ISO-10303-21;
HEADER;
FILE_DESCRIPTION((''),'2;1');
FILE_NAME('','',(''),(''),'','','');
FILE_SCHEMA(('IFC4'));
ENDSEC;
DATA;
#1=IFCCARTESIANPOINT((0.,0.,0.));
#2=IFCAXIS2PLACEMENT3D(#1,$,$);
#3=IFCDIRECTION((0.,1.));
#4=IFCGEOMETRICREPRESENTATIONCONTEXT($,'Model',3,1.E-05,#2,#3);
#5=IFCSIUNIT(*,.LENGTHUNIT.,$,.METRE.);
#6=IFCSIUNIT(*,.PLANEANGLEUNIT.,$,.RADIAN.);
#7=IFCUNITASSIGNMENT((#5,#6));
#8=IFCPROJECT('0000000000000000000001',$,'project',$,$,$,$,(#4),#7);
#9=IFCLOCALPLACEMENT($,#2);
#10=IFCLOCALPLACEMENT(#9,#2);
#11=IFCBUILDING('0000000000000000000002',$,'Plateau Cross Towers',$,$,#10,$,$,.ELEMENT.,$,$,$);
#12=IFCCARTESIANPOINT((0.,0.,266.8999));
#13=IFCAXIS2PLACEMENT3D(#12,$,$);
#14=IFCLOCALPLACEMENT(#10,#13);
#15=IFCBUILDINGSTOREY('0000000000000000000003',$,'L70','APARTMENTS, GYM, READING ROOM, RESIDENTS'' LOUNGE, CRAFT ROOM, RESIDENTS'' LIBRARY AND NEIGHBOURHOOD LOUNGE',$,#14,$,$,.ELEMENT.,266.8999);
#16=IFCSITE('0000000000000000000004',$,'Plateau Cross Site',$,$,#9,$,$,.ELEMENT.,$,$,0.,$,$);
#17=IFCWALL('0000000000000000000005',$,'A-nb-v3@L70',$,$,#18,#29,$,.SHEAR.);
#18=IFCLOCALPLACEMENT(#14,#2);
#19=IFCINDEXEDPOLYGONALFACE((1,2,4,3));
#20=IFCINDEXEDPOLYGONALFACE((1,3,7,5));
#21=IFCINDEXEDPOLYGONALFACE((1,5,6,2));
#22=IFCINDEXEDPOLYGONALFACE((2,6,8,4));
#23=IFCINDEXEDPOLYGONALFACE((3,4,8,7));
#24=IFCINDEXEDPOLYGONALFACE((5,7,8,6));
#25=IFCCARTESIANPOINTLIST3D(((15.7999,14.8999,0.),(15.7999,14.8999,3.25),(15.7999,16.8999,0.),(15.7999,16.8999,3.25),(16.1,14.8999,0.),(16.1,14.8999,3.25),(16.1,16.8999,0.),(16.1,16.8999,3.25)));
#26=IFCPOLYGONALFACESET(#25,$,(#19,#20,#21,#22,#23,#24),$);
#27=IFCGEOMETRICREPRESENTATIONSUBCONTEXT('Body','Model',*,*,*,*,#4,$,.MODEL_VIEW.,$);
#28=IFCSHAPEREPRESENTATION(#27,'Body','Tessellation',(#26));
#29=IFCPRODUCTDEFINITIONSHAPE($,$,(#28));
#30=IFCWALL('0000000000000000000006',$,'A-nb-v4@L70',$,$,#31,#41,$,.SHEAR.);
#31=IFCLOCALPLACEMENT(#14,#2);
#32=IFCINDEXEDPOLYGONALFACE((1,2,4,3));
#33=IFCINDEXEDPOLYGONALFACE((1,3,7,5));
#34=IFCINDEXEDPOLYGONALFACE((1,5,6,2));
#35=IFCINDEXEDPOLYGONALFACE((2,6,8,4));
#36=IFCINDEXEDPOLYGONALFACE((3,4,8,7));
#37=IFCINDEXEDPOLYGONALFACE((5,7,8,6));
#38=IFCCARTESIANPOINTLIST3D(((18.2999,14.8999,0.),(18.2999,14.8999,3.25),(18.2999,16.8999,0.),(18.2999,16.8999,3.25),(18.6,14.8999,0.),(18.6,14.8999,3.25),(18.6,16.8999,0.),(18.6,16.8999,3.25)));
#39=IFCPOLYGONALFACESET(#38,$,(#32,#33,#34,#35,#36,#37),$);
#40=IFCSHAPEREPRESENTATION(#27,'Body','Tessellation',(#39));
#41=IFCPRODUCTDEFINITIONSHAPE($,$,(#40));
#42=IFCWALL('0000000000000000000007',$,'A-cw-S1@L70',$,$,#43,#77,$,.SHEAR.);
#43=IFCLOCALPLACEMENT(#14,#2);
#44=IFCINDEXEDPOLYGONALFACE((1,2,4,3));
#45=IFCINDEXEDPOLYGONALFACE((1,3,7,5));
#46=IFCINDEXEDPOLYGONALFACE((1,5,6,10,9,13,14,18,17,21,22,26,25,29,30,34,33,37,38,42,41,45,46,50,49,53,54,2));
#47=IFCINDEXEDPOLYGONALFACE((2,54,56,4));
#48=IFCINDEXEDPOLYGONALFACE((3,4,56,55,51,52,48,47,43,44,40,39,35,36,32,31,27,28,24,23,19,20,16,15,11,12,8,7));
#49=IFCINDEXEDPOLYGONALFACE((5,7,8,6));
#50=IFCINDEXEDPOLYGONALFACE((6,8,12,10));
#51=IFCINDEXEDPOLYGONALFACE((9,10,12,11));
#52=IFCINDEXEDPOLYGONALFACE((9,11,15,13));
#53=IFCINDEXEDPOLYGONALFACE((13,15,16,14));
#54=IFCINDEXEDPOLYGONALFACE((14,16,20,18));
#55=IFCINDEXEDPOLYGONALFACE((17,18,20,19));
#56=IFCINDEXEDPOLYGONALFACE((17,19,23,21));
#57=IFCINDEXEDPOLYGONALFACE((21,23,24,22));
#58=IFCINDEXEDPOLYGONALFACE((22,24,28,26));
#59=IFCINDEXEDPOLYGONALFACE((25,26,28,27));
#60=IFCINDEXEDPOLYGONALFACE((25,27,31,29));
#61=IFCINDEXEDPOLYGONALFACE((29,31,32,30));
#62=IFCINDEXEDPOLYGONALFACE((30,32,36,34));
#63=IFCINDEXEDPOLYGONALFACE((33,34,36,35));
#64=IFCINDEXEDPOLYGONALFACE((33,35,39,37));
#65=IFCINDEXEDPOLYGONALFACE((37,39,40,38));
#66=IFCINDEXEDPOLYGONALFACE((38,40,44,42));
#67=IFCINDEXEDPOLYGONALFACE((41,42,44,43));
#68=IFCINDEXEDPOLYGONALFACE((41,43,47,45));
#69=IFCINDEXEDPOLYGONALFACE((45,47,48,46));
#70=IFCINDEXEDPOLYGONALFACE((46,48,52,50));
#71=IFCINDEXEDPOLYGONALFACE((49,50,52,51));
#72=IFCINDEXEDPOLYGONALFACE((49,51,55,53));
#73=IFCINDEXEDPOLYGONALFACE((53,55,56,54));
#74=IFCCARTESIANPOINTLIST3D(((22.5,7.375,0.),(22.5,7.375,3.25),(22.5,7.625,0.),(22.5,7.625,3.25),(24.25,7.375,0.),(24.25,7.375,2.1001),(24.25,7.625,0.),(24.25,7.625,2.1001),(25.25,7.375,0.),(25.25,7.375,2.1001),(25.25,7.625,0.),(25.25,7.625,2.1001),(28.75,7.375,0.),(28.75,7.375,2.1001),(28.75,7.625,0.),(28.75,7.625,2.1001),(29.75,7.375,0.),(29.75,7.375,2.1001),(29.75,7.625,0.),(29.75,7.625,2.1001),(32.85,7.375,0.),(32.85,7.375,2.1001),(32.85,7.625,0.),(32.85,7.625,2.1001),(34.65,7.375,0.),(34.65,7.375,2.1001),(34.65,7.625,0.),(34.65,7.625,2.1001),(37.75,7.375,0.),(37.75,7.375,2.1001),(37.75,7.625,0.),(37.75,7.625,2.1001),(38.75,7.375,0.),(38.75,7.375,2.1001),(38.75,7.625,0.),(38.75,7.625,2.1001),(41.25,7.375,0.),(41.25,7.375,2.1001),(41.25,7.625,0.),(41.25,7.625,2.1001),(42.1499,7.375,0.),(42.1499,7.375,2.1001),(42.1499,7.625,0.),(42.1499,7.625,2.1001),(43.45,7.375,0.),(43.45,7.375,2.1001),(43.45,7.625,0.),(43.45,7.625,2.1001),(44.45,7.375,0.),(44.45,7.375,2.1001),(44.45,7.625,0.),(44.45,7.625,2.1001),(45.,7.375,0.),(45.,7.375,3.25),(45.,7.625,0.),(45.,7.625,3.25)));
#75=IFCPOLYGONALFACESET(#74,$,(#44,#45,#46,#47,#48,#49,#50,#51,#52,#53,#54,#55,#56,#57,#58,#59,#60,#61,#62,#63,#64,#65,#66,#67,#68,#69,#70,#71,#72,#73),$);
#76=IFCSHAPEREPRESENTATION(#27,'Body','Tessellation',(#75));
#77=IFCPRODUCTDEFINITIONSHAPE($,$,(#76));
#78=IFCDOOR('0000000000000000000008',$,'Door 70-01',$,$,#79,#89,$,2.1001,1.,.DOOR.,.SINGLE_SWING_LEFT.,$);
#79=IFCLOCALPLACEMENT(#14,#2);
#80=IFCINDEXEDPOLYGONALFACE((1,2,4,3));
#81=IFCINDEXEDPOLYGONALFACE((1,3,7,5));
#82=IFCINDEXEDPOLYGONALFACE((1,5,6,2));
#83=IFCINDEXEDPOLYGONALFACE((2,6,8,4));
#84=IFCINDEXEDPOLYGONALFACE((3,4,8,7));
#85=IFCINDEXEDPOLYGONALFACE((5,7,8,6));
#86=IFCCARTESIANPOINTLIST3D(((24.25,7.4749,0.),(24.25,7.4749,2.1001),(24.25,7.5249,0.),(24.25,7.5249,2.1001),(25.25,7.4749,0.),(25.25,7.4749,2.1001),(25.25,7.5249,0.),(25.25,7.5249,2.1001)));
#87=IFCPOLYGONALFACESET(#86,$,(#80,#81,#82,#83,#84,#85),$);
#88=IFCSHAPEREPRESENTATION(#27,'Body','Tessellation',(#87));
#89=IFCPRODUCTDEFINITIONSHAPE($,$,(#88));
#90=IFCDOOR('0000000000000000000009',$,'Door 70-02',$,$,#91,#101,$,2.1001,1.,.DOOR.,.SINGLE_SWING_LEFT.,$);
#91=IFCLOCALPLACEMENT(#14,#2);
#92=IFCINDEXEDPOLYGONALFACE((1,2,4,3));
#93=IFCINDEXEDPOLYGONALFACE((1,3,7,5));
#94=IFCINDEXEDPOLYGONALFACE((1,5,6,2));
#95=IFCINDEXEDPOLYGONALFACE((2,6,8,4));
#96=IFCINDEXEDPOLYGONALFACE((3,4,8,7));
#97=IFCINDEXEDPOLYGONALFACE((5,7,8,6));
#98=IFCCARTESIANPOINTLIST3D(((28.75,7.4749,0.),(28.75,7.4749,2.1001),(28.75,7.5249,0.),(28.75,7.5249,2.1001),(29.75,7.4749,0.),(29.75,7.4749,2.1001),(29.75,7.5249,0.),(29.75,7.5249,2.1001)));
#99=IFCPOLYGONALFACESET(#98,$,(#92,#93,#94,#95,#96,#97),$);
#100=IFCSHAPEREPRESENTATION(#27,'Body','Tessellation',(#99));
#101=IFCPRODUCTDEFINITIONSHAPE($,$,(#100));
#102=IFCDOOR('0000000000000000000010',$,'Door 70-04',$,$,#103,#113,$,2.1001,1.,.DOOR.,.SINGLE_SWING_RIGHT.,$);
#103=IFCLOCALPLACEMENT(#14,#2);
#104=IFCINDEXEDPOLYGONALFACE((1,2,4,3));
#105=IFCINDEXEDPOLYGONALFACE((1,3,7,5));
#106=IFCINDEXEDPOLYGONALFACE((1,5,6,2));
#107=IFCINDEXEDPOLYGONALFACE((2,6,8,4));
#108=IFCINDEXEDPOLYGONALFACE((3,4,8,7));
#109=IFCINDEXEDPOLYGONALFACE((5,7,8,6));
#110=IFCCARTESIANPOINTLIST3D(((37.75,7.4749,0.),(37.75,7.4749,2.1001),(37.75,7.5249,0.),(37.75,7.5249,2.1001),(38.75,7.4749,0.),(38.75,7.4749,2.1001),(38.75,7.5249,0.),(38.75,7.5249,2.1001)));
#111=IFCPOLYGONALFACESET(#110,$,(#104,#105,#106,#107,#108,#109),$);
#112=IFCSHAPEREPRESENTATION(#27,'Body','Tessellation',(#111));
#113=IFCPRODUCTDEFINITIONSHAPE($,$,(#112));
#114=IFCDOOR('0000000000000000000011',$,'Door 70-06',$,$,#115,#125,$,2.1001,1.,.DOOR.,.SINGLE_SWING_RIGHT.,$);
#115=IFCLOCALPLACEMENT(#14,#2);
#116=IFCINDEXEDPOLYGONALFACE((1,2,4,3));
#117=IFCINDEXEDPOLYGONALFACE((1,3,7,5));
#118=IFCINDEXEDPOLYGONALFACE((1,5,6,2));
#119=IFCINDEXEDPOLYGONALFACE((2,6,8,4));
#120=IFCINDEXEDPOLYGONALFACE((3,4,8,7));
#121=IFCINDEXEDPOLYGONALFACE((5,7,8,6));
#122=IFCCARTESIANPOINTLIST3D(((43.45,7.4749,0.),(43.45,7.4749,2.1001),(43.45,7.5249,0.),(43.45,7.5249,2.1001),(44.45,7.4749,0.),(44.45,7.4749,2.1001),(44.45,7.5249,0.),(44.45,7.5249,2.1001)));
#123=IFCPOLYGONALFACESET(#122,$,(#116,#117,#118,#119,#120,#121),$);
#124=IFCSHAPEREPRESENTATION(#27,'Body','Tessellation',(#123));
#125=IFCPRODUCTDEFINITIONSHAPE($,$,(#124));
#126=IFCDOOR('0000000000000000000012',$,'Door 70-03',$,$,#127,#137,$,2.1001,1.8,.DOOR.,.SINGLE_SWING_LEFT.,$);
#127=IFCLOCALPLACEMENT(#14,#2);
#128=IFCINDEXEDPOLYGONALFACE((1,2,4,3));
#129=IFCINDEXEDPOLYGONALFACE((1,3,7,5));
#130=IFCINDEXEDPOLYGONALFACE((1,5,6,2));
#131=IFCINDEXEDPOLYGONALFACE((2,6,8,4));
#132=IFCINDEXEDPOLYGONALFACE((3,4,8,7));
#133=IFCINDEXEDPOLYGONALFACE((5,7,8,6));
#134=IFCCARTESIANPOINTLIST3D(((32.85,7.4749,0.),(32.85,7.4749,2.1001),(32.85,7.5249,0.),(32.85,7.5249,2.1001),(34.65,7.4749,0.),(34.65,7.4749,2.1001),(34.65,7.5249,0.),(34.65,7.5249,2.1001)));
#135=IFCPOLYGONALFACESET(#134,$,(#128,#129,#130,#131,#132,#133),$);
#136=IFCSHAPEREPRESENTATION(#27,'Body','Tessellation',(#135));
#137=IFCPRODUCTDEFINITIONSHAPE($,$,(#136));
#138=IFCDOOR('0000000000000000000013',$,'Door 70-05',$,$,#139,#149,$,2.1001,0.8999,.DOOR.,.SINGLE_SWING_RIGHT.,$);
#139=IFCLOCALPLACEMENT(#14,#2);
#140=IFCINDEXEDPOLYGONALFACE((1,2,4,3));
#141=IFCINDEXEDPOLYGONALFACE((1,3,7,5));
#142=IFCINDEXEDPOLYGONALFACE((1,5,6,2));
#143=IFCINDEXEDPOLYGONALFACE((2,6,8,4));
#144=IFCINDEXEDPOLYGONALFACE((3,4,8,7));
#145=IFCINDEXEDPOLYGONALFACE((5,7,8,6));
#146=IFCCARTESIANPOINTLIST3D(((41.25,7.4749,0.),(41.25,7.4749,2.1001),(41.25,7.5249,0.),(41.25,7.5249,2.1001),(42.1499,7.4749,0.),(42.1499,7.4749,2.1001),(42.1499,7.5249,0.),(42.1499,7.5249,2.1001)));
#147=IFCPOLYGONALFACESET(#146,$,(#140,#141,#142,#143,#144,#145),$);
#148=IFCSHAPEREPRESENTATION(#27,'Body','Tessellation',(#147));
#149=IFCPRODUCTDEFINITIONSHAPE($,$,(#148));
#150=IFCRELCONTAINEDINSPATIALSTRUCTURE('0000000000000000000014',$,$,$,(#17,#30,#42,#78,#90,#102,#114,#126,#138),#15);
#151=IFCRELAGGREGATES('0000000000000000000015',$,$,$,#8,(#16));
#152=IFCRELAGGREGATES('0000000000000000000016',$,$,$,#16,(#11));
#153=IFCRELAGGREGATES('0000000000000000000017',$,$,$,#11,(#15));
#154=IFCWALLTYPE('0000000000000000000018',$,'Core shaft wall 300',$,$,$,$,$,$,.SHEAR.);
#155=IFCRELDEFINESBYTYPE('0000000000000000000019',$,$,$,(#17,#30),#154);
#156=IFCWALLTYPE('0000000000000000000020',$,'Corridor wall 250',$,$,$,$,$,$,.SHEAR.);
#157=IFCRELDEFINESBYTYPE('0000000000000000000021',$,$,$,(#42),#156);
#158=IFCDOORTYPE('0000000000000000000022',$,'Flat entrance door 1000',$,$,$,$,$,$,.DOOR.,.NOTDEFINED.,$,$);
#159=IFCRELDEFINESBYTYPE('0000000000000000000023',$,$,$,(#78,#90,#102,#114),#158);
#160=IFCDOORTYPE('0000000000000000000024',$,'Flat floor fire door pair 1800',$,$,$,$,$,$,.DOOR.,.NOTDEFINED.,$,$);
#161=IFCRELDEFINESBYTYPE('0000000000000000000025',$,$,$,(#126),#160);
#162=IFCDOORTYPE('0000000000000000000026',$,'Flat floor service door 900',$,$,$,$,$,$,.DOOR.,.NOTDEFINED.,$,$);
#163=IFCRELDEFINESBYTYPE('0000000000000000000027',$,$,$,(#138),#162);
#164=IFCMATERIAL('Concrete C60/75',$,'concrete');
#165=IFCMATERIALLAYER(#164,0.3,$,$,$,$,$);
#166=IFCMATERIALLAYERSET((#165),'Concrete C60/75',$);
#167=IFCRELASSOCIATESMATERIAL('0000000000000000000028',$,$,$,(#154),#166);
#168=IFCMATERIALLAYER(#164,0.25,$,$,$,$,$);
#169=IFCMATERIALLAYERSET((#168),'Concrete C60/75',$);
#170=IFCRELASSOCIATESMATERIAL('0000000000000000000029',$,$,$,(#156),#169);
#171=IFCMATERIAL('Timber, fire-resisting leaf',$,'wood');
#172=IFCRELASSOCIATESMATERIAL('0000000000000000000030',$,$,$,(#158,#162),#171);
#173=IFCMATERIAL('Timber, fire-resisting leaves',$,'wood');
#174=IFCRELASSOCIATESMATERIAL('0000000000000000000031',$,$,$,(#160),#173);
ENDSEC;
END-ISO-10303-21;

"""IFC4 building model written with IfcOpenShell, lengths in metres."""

from ifc_helpers import new_model, si_unit, direction, frame, frame_2d, origin, place, context, subcontext, project, spatial, rectangle, extrude, material, layer, layer_set, type_object, element, fill, save


model = new_model("IFC4")

# Units and contexts
model_context = context("Model", 3, precision=1e-05, world=origin(), true_north=direction((0.0, 1.0)))
body_context = subcontext(model_context, "Body", "Model", "MODEL_VIEW")
ifc_project = project(units=[si_unit("LENGTHUNIT", "METRE"), si_unit("PLANEANGLEUNIT", "RADIAN")], contexts=[model_context])

# Site, building, storey
site_placement = place(None, origin())
site = spatial("IfcSite", under=ifc_project, at=site_placement, Name="Plateau Cross Site", CompositionType="ELEMENT", RefElevation=0.0)
building_placement = place(site_placement, origin())
building = spatial("IfcBuilding", under=site, at=building_placement, Name="Plateau Cross Towers", CompositionType="ELEMENT")
storey_placement = place(building_placement, frame((0.0, 0.0, 266.8999)))
storey = spatial("IfcBuildingStorey", under=building, at=storey_placement, Name="L70", Description="APARTMENTS, GYM, READING ROOM, RESIDENTS' LOUNGE, CRAFT ROOM, RESIDENTS' LIBRARY AND NEIGHBOURHOOD LOUNGE", CompositionType="ELEMENT", Elevation=266.8999)

# Shared definitions
ifc_material_1 = material(Name="Concrete C60/75", Category="concrete")

# Walls
ifc_layer_1 = layer(ifc_material_1, 0.3)
ifc_layer_set_1 = layer_set([ifc_layer_1], Name="Concrete C60/75")
wall_type_1 = type_object("IfcWallType", Name="Core shaft wall 300", PredefinedType="SHEAR", material=ifc_layer_set_1)
for number, where, z_axis, x_axis, name in (
    (1, (15.95, 14.8999, 0.0), (0.0, 0.0, 1.0), (0.0, 1.0, 0.0), "A-nb-v3@L70"),
    (2, (18.45, 14.8999, 0.0), (0.0, 0.0, 1.0), (0.0, 1.0, 0.0), "A-nb-v4@L70"),
):
    element("IfcWall", number, at=place(storey_placement, frame(where, z_axis=z_axis, x_axis=x_axis)), inside=storey, type_object=wall_type_1, Name=name, PredefinedType="SHEAR", context=body_context, shape_type="SweptSolid", body=[
        extrude(rectangle(XDim=2.0, YDim=0.3, at=frame_2d((1.0, 0.0))), origin(), (0.0, 0.0, 1.0), 3.25),
    ])

# Wall, openings, doors
ifc_layer_2 = layer(ifc_material_1, 0.25)
ifc_layer_set_2 = layer_set([ifc_layer_2], Name="Concrete C60/75")
wall_type_2 = type_object("IfcWallType", Name="Corridor wall 250", PredefinedType="SHEAR", material=ifc_layer_set_2)
wall_1_placement = place(storey_placement, frame((22.5, 7.5, 0.0), z_axis=(0.0, 0.0, 1.0), x_axis=(1.0, 0.0, 0.0)))
wall_1 = element("IfcWall", 3, at=wall_1_placement, inside=storey, type_object=wall_type_2, Name="A-cw-S1@L70", PredefinedType="SHEAR", context=body_context, shape_type="SweptSolid", body=[
    extrude(rectangle(XDim=22.5, YDim=0.25, at=frame_2d((11.25, 0.0))), origin(), (0.0, 0.0, 1.0), 3.25),
])
opening_1_placement = place(wall_1_placement, frame((1.75, 0.0, 0.0)))
opening_1 = element("IfcOpeningElement", 4, at=opening_1_placement, cuts=wall_1, PredefinedType="OPENING", context=body_context, shape_type="SweptSolid", body=[
    extrude(rectangle(XDim=1.0, YDim=2.1001, at=frame_2d((0.5, 1.05))), frame((0.0, 0.135, 0.0), z_axis=(0.0, -1.0, 0.0), x_axis=(1.0, 0.0, 0.0)), (0.0, 0.0, 1.0), 0.27),
])
opening_2_placement = place(wall_1_placement, frame((6.25, 0.0, 0.0)))
opening_2 = element("IfcOpeningElement", 5, at=opening_2_placement, cuts=wall_1, PredefinedType="OPENING", context=body_context, shape_type="SweptSolid", body=[
    extrude(rectangle(XDim=1.0, YDim=2.1001, at=frame_2d((0.5, 1.05))), frame((0.0, 0.135, 0.0), z_axis=(0.0, -1.0, 0.0), x_axis=(1.0, 0.0, 0.0)), (0.0, 0.0, 1.0), 0.27),
])
opening_3_placement = place(wall_1_placement, frame((10.3501, 0.0, 0.0)))
opening_3 = element("IfcOpeningElement", 6, at=opening_3_placement, cuts=wall_1, PredefinedType="OPENING", context=body_context, shape_type="SweptSolid", body=[
    extrude(rectangle(XDim=1.8, YDim=2.1001, at=frame_2d((0.8999, 1.05))), frame((0.0, 0.135, 0.0), z_axis=(0.0, -1.0, 0.0), x_axis=(1.0, 0.0, 0.0)), (0.0, 0.0, 1.0), 0.27),
])
opening_4_placement = place(wall_1_placement, frame((15.25, 0.0, 0.0)))
opening_4 = element("IfcOpeningElement", 7, at=opening_4_placement, cuts=wall_1, PredefinedType="OPENING", context=body_context, shape_type="SweptSolid", body=[
    extrude(rectangle(XDim=1.0, YDim=2.1001, at=frame_2d((0.5, 1.05))), frame((0.0, 0.135, 0.0), z_axis=(0.0, -1.0, 0.0), x_axis=(1.0, 0.0, 0.0)), (0.0, 0.0, 1.0), 0.27),
])
opening_5_placement = place(wall_1_placement, frame((18.75, 0.0, 0.0)))
opening_5 = element("IfcOpeningElement", 8, at=opening_5_placement, cuts=wall_1, PredefinedType="OPENING", context=body_context, shape_type="SweptSolid", body=[
    extrude(rectangle(XDim=0.8999, YDim=2.1001, at=frame_2d((0.45, 1.05))), frame((0.0, 0.135, 0.0), z_axis=(0.0, -1.0, 0.0), x_axis=(1.0, 0.0, 0.0)), (0.0, 0.0, 1.0), 0.27),
])
opening_6_placement = place(wall_1_placement, frame((20.95, 0.0, 0.0)))
opening_6 = element("IfcOpeningElement", 9, at=opening_6_placement, cuts=wall_1, PredefinedType="OPENING", context=body_context, shape_type="SweptSolid", body=[
    extrude(rectangle(XDim=1.0, YDim=2.1001, at=frame_2d((0.5, 1.05))), frame((0.0, 0.135, 0.0), z_axis=(0.0, -1.0, 0.0), x_axis=(1.0, 0.0, 0.0)), (0.0, 0.0, 1.0), 0.27),
])
ifc_material_2 = material(Name="Timber, fire-resisting leaf", Category="wood")
door_type_1 = type_object("IfcDoorType", Name="Flat entrance door 1000", OperationType="NOTDEFINED", PredefinedType="DOOR", material=ifc_material_2)
door_1_placement = place(opening_1_placement, origin())
door_1 = element("IfcDoor", 10, at=door_1_placement, inside=storey, type_object=door_type_1, Name="Door 70-01", OperationType="SINGLE_SWING_LEFT", OverallHeight=2.1001, OverallWidth=1.0, PredefinedType="DOOR", context=body_context, shape_type="SweptSolid", body=[
    extrude(rectangle(XDim=1.0, YDim=2.1001, at=frame_2d((0.5, 1.05))), frame((0.0, 0.0249, 0.0), z_axis=(0.0, -1.0, 0.0), x_axis=(1.0, 0.0, 0.0)), (0.0, 0.0, 1.0), 0.05),
])
fill(opening_1, door_1)
door_2_placement = place(opening_2_placement, origin())
door_2 = element("IfcDoor", 11, at=door_2_placement, inside=storey, type_object=door_type_1, Name="Door 70-02", OperationType="SINGLE_SWING_LEFT", OverallHeight=2.1001, OverallWidth=1.0, PredefinedType="DOOR", context=body_context, shape_type="SweptSolid", body=[
    extrude(rectangle(XDim=1.0, YDim=2.1001, at=frame_2d((0.5, 1.05))), frame((0.0, 0.0249, 0.0), z_axis=(0.0, -1.0, 0.0), x_axis=(1.0, 0.0, 0.0)), (0.0, 0.0, 1.0), 0.05),
])
fill(opening_2, door_2)
door_3_placement = place(opening_4_placement, origin())
door_3 = element("IfcDoor", 12, at=door_3_placement, inside=storey, type_object=door_type_1, Name="Door 70-04", OperationType="SINGLE_SWING_RIGHT", OverallHeight=2.1001, OverallWidth=1.0, PredefinedType="DOOR", context=body_context, shape_type="SweptSolid", body=[
    extrude(rectangle(XDim=1.0, YDim=2.1001, at=frame_2d((0.5, 1.05))), frame((0.0, 0.0249, 0.0), z_axis=(0.0, -1.0, 0.0), x_axis=(1.0, 0.0, 0.0)), (0.0, 0.0, 1.0), 0.05),
])
fill(opening_4, door_3)
door_4_placement = place(opening_6_placement, origin())
door_4 = element("IfcDoor", 13, at=door_4_placement, inside=storey, type_object=door_type_1, Name="Door 70-06", OperationType="SINGLE_SWING_RIGHT", OverallHeight=2.1001, OverallWidth=1.0, PredefinedType="DOOR", context=body_context, shape_type="SweptSolid", body=[
    extrude(rectangle(XDim=1.0, YDim=2.1001, at=frame_2d((0.5, 1.05))), frame((0.0, 0.0249, 0.0), z_axis=(0.0, -1.0, 0.0), x_axis=(1.0, 0.0, 0.0)), (0.0, 0.0, 1.0), 0.05),
])
fill(opening_6, door_4)
ifc_material_3 = material(Name="Timber, fire-resisting leaves", Category="wood")
door_type_2 = type_object("IfcDoorType", Name="Flat floor fire door pair 1800", OperationType="NOTDEFINED", PredefinedType="DOOR", material=ifc_material_3)
door_5_placement = place(opening_3_placement, origin())
door_5 = element("IfcDoor", 14, at=door_5_placement, inside=storey, type_object=door_type_2, Name="Door 70-03", OperationType="SINGLE_SWING_LEFT", OverallHeight=2.1001, OverallWidth=1.8, PredefinedType="DOOR", context=body_context, shape_type="SweptSolid", body=[
    extrude(rectangle(XDim=1.8, YDim=2.1001, at=frame_2d((0.8999, 1.05))), frame((0.0, 0.0249, 0.0), z_axis=(0.0, -1.0, 0.0), x_axis=(1.0, 0.0, 0.0)), (0.0, 0.0, 1.0), 0.05),
])
fill(opening_3, door_5)
door_type_3 = type_object("IfcDoorType", Name="Flat floor service door 900", OperationType="NOTDEFINED", PredefinedType="DOOR", material=ifc_material_2)
door_6_placement = place(opening_5_placement, origin())
door_6 = element("IfcDoor", 15, at=door_6_placement, inside=storey, type_object=door_type_3, Name="Door 70-05", OperationType="SINGLE_SWING_RIGHT", OverallHeight=2.1001, OverallWidth=0.8999, PredefinedType="DOOR", context=body_context, shape_type="SweptSolid", body=[
    extrude(rectangle(XDim=0.8999, YDim=2.1001, at=frame_2d((0.45, 1.05))), frame((0.0, 0.0249, 0.0), z_axis=(0.0, -1.0, 0.0), x_axis=(1.0, 0.0, 0.0)), (0.0, 0.0, 1.0), 0.05),
])
fill(opening_5, door_6)

save(model, "model.ifc")
